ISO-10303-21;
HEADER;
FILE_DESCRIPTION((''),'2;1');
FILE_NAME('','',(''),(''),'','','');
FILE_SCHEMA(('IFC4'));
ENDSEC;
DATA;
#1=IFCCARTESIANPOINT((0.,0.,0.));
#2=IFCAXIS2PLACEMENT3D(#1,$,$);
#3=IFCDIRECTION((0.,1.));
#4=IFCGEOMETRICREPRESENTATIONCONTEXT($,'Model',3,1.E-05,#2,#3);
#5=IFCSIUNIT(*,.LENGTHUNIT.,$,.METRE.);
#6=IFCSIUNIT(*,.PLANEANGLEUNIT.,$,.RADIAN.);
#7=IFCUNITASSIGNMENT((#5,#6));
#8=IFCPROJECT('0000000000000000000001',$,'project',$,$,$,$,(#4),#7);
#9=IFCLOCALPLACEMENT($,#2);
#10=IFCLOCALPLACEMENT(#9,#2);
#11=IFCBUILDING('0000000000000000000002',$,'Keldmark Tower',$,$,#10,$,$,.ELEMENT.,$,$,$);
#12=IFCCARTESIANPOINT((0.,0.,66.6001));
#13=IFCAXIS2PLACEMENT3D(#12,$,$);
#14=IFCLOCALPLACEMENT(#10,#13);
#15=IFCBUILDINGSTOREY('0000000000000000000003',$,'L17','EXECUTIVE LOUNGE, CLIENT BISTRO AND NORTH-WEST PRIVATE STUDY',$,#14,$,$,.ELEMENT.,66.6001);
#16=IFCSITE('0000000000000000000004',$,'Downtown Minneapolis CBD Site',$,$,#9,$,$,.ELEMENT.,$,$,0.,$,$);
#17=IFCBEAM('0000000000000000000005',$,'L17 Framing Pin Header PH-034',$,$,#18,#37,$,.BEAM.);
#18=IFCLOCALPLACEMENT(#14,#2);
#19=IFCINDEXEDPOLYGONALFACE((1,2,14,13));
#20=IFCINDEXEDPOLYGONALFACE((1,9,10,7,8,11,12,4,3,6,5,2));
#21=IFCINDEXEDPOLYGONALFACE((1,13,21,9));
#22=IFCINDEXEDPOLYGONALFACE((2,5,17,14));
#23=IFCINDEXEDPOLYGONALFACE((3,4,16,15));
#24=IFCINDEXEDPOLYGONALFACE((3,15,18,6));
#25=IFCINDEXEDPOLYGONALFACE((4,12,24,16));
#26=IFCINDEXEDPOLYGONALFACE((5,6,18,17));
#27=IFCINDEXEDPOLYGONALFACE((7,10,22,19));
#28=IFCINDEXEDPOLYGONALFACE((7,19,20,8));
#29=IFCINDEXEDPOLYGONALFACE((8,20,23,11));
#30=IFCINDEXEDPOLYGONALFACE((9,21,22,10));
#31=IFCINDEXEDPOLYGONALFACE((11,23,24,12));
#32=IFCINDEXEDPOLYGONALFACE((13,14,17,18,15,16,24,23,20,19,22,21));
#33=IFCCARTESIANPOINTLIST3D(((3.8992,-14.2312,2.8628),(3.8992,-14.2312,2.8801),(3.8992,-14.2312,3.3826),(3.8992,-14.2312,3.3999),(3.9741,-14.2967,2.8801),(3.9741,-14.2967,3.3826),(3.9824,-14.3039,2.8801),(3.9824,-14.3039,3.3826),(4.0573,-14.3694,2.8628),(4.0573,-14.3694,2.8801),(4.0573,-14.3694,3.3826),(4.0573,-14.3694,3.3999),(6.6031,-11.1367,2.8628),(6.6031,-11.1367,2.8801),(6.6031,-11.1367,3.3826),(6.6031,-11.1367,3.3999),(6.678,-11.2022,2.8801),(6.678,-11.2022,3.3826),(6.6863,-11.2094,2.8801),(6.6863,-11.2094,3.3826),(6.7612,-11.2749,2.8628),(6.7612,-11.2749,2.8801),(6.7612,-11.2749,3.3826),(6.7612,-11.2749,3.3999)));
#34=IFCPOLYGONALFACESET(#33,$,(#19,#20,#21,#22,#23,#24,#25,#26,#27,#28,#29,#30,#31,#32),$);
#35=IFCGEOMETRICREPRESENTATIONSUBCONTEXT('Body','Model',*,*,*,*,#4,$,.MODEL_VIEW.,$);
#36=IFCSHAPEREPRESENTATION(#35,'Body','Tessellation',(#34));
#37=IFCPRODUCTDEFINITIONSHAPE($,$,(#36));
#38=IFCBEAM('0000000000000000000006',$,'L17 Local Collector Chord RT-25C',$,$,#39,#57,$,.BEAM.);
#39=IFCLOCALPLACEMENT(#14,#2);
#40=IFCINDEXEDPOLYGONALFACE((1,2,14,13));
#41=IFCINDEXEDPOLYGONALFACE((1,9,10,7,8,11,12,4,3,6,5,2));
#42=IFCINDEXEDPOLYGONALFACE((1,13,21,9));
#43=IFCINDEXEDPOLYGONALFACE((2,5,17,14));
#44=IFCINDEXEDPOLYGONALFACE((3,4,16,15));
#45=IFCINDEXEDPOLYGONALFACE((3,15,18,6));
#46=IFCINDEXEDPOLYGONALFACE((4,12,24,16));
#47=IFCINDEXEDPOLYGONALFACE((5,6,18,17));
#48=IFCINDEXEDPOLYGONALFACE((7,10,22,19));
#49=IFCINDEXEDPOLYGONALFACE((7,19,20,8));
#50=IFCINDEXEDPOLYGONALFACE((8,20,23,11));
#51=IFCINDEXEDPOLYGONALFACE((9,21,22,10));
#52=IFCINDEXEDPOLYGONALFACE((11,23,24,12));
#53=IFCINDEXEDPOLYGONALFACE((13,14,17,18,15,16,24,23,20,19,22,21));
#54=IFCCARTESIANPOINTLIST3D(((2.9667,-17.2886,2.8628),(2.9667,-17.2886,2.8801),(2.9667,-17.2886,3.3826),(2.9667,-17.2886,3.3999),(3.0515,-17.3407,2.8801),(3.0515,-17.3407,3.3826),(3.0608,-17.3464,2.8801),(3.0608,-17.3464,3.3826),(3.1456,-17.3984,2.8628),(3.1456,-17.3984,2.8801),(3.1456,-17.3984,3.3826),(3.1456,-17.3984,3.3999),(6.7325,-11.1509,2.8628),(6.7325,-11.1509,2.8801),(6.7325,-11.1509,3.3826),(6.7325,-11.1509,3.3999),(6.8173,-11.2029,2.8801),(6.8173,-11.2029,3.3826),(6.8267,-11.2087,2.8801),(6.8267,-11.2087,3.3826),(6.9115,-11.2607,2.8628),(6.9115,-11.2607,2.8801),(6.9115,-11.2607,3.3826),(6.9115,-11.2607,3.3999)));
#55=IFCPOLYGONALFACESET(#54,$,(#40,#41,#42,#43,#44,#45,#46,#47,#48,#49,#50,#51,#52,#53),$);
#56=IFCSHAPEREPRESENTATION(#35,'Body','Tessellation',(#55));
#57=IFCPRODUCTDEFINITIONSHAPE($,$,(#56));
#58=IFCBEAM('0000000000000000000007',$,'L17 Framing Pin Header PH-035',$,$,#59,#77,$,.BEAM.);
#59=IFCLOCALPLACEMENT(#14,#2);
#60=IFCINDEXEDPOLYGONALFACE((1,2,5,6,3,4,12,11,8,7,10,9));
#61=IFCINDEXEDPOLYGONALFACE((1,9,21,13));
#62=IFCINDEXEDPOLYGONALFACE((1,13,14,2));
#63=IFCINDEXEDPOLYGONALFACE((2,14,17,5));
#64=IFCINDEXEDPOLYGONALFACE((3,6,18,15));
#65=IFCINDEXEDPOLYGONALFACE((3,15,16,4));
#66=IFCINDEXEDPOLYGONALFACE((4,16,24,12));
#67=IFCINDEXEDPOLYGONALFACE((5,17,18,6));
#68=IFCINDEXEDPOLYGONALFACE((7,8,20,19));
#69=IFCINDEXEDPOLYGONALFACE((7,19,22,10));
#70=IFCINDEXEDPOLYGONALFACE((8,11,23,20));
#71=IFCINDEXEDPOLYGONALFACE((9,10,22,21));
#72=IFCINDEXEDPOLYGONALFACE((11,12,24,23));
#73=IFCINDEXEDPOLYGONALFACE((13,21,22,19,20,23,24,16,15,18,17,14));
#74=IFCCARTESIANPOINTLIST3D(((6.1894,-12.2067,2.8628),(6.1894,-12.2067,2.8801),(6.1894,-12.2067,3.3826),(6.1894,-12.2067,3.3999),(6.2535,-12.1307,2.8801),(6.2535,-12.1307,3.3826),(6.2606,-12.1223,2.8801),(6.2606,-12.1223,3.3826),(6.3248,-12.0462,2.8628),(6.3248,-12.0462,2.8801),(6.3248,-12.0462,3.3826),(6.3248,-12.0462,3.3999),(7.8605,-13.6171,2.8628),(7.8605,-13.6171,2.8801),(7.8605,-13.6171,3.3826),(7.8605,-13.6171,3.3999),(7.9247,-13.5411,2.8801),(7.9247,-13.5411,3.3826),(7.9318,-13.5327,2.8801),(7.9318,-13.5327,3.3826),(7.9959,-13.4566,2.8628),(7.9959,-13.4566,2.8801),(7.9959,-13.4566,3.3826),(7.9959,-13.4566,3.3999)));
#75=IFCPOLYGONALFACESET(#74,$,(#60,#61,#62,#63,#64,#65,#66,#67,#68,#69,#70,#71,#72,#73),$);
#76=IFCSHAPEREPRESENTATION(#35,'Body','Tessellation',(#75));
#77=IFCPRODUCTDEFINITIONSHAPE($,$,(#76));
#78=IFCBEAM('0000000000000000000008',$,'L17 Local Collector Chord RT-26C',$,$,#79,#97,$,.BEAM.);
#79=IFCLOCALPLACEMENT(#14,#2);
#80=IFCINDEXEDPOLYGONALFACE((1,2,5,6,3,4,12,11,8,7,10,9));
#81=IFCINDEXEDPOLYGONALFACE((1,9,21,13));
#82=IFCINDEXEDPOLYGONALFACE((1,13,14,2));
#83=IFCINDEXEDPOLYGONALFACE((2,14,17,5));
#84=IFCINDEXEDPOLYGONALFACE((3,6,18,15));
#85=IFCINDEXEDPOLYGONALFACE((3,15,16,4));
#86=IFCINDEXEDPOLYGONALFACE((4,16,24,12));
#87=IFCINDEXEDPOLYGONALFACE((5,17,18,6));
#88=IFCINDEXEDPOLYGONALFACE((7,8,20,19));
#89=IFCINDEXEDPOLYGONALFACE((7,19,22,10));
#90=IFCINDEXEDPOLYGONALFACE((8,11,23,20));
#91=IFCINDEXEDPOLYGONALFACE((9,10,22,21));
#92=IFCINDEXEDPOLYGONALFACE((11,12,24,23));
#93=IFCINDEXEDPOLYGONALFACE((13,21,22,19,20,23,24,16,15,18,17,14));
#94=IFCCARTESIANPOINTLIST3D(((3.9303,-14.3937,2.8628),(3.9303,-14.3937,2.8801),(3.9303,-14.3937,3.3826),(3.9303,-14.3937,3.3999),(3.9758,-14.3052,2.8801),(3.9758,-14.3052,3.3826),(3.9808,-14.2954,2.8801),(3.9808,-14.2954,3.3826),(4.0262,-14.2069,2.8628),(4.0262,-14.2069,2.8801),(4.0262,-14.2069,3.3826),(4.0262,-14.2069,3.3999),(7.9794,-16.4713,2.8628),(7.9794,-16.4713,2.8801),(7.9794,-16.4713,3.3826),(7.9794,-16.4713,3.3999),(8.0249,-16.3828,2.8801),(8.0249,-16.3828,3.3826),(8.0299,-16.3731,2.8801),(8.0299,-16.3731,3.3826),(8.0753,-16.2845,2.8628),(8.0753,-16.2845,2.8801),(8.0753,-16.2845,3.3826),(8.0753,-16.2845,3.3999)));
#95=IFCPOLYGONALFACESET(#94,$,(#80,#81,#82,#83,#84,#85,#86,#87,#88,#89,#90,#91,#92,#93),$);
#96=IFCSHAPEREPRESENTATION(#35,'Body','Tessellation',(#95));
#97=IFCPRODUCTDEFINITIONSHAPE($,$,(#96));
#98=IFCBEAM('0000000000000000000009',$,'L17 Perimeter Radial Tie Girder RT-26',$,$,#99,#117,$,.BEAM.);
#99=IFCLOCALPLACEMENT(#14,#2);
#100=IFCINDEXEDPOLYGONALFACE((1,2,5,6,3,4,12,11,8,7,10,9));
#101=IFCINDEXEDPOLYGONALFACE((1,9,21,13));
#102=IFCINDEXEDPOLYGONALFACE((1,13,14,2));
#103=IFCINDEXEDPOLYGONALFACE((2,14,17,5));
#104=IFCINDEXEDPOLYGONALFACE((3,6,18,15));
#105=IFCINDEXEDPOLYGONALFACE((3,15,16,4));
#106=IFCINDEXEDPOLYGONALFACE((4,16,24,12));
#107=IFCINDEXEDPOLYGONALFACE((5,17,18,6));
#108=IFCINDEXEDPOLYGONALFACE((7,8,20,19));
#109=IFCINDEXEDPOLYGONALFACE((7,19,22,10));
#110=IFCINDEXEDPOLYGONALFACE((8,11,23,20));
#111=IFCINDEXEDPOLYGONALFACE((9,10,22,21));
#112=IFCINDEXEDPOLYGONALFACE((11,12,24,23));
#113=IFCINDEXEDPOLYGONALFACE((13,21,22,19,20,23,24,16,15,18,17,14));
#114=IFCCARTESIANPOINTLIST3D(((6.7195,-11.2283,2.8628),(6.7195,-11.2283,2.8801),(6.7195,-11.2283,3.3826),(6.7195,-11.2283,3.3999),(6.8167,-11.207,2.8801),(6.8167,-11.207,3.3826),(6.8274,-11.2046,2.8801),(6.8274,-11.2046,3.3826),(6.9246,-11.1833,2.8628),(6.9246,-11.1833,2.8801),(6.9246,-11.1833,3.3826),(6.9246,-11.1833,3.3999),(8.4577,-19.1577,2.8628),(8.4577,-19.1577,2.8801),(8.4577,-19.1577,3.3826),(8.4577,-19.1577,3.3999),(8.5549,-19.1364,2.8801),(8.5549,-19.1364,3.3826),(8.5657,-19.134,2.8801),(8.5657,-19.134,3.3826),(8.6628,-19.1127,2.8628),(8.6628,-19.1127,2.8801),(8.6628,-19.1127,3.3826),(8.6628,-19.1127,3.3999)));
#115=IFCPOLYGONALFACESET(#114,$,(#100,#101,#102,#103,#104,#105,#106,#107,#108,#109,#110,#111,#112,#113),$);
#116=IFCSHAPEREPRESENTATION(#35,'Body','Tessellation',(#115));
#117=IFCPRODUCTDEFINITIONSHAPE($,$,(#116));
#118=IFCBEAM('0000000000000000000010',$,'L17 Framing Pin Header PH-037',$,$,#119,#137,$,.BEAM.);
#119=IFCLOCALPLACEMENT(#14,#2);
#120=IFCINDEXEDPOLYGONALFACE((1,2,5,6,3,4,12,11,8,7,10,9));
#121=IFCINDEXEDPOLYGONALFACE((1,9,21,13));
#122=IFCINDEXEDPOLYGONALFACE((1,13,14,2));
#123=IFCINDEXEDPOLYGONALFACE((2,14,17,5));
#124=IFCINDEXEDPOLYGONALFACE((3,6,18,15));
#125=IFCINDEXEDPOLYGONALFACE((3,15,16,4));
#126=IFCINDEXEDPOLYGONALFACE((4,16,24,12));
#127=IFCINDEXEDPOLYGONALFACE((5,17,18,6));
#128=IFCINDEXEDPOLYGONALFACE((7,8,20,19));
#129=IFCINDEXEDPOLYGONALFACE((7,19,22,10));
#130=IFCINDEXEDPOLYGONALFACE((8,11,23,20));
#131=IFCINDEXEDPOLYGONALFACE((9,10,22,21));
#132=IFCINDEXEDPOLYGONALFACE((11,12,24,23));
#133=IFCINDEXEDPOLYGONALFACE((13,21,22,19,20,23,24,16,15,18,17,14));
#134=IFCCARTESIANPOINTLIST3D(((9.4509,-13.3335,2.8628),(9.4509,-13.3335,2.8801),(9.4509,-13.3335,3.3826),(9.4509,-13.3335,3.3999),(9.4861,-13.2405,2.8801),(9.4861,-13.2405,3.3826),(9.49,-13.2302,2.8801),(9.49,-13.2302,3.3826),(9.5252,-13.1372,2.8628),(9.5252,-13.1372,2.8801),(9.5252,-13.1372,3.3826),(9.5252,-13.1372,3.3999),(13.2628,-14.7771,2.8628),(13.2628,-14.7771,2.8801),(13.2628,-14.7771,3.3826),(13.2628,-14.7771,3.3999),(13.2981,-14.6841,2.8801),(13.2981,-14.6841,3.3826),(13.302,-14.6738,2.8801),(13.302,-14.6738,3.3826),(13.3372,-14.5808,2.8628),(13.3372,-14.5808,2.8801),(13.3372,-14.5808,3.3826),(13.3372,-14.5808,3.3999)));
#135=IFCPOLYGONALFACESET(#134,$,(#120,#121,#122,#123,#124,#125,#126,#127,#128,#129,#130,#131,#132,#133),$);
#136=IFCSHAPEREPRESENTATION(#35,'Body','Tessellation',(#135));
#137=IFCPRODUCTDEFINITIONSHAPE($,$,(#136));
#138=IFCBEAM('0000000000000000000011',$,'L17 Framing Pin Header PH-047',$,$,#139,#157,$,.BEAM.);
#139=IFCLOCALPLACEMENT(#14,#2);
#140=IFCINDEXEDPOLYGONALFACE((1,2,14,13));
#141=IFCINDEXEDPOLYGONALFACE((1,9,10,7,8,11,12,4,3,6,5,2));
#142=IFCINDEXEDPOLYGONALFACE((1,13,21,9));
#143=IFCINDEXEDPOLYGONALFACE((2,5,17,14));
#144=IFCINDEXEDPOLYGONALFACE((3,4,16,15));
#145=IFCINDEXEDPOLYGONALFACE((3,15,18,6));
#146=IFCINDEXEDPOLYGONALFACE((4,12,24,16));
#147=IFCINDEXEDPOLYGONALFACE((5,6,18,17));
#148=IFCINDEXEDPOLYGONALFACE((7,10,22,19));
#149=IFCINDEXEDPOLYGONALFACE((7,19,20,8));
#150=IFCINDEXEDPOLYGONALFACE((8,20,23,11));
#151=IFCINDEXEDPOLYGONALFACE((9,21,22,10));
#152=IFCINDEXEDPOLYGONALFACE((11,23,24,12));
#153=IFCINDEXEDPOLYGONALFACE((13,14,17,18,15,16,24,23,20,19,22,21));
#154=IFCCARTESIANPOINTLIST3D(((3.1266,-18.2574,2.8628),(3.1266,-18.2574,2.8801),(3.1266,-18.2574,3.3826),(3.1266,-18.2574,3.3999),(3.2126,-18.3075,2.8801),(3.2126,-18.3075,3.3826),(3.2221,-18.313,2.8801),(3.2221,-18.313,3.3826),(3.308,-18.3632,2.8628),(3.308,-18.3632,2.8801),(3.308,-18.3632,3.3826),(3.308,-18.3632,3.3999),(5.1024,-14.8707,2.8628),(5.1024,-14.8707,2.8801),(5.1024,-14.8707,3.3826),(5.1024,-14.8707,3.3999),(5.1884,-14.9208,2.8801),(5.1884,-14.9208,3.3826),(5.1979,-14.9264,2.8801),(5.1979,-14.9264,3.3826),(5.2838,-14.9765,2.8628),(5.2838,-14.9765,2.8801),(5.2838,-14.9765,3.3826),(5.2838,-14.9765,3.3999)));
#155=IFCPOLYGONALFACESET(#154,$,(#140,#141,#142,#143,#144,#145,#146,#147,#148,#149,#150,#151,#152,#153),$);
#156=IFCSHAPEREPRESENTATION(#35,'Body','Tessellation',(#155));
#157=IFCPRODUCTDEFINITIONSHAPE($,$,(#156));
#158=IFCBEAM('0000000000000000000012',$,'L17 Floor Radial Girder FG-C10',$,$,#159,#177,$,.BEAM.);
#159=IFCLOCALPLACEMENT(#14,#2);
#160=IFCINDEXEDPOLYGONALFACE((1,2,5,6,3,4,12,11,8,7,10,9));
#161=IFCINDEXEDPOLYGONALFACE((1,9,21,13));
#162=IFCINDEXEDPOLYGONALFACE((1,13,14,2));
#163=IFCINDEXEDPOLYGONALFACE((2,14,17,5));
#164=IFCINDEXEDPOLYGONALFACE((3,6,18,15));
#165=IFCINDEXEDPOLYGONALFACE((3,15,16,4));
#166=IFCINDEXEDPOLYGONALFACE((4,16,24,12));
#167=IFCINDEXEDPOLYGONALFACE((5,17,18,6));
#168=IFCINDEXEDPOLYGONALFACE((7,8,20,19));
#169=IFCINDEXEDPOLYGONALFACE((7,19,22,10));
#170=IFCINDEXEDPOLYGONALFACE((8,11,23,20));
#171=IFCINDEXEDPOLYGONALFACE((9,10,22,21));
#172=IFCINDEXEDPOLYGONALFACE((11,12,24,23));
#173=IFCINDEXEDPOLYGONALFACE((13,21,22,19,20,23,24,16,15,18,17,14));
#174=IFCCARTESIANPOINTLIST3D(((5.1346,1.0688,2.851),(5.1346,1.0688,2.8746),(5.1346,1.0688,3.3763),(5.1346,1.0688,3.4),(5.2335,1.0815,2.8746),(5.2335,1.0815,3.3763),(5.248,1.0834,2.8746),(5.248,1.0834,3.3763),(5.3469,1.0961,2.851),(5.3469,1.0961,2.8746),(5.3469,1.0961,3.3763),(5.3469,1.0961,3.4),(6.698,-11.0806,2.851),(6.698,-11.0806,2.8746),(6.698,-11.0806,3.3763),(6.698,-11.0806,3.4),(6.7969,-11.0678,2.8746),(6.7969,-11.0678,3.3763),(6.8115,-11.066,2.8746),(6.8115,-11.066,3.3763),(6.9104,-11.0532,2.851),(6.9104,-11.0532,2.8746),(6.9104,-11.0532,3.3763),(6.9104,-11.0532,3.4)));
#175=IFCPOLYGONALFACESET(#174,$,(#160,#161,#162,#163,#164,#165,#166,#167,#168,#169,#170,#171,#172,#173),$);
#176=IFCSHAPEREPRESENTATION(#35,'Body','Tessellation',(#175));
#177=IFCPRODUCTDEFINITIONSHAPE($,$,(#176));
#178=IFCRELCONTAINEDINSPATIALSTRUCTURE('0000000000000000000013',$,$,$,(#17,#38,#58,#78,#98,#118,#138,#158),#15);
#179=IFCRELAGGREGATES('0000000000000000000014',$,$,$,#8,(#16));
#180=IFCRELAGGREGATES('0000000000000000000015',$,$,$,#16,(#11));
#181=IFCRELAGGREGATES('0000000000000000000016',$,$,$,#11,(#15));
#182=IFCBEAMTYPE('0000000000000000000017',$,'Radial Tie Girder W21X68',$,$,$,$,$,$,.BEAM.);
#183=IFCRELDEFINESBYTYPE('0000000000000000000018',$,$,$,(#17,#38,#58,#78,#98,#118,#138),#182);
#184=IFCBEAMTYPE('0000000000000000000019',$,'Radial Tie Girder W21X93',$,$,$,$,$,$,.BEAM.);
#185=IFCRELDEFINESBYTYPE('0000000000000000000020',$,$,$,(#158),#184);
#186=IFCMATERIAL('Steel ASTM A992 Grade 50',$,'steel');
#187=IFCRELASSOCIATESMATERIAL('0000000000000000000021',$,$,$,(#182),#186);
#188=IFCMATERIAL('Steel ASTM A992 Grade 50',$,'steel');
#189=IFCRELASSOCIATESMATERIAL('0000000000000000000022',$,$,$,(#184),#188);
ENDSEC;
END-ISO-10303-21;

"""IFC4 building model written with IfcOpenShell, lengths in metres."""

from ifc_helpers import new_model, si_unit, direction, frame, origin, origin_2d, place, context, subcontext, project, spatial, i_section, extrude, material, material_profile, profile_set, type_object, element, save


model = new_model("IFC4")

# Units and contexts
model_context = context("Model", 3, precision=1e-05, world=origin(), true_north=direction((0.0, 1.0)))
body_context = subcontext(model_context, "Body", "Model", "MODEL_VIEW")
ifc_project = project(units=[si_unit("LENGTHUNIT", "METRE"), si_unit("PLANEANGLEUNIT", "RADIAN")], contexts=[model_context])

# Site, building, storey
site_placement = place(None, origin())
site = spatial("IfcSite", under=ifc_project, at=site_placement, Name="Downtown Minneapolis CBD Site", CompositionType="ELEMENT", RefElevation=0.0)
building_placement = place(site_placement, origin())
building = spatial("IfcBuilding", under=site, at=building_placement, Name="Keldmark Tower", CompositionType="ELEMENT")
storey_placement = place(building_placement, frame((0.0, 0.0, 66.6001)))
storey = spatial("IfcBuildingStorey", under=building, at=storey_placement, Name="L17", Description="EXECUTIVE LOUNGE, CLIENT BISTRO AND NORTH-WEST PRIVATE STUDY", CompositionType="ELEMENT", Elevation=66.6001)

# Beams
ifc_material_1 = material(Name="Steel ASTM A992 Grade 50", Category="steel")
ifc_material_profile_1 = material_profile(ifc_material_1, i_section(OverallWidth=0.21, OverallDepth=0.5371, WebThickness=0.011, FlangeThickness=0.0173, at=origin_2d()), Name="W21X68")
ifc_profile_set_1 = profile_set([ifc_material_profile_1], Name="Steel ASTM A992 Grade 50")
beam_type_1 = type_object("IfcBeamType", Name="Radial Tie Girder W21X68", PredefinedType="BEAM", material=ifc_profile_set_1)
beam_1_placement = place(storey_placement, frame((6.6821, -11.2058, 3.1313), z_axis=(-0.657979, -0.753037, 0.0), x_axis=(0.753037, -0.657979, 0.0)))
element("IfcBeam", 1, at=beam_1_placement, inside=storey, type_object=beam_type_1, Name="L17 Framing Pin Header PH-034", PredefinedType="BEAM", context=body_context, shape_type="SweptSolid", body=[
    extrude(i_section(OverallWidth=0.21, OverallDepth=0.5371, WebThickness=0.011, FlangeThickness=0.0173, at=origin_2d()), origin(), (0.0, 0.0, 1.0), 4.1094),
])
beam_2_placement = place(storey_placement, frame((6.822, -11.2058, 3.1313), z_axis=(-0.522971, -0.85235, 0.0), x_axis=(0.85235, -0.522971, 0.0)))
element("IfcBeam", 2, at=beam_2_placement, inside=storey, type_object=beam_type_1, Name="L17 Local Collector Chord RT-25C", PredefinedType="BEAM", context=body_context, shape_type="SweptSolid", body=[
    extrude(i_section(OverallWidth=0.21, OverallDepth=0.5371, WebThickness=0.011, FlangeThickness=0.0173, at=origin_2d()), origin(), (0.0, 0.0, 1.0), 7.2009),
])
beam_3_placement = place(storey_placement, frame((6.2571, -12.1265, 3.1313), z_axis=(0.764207, -0.644971, 0.0), x_axis=(0.644971, 0.764207, 0.0)))
element("IfcBeam", 3, at=beam_3_placement, inside=storey, type_object=beam_type_1, Name="L17 Framing Pin Header PH-035", PredefinedType="BEAM", context=body_context, shape_type="SweptSolid", body=[
    extrude(i_section(OverallWidth=0.21, OverallDepth=0.5371, WebThickness=0.011, FlangeThickness=0.0173, at=origin_2d()), origin(), (0.0, 0.0, 1.0), 2.1868),
])
beam_4_placement = place(storey_placement, frame((3.9783, -14.3003, 3.1313), z_axis=(0.889711, -0.456524, 0.0), x_axis=(0.456524, 0.889711, 0.0)))
element("IfcBeam", 4, at=beam_4_placement, inside=storey, type_object=beam_type_1, Name="L17 Local Collector Chord RT-26C", PredefinedType="BEAM", context=body_context, shape_type="SweptSolid", body=[
    extrude(i_section(OverallWidth=0.21, OverallDepth=0.5371, WebThickness=0.011, FlangeThickness=0.0173, at=origin_2d()), origin(), (0.0, 0.0, 1.0), 4.551),
])
beam_5_placement = place(storey_placement, frame((6.822, -11.2058, 3.1313), z_axis=(0.214134, -0.976804, 0.0), x_axis=(0.976804, 0.214134, 0.0)))
element("IfcBeam", 5, at=beam_5_placement, inside=storey, type_object=beam_type_1, Name="L17 Perimeter Radial Tie Girder RT-26", PredefinedType="BEAM", context=body_context, shape_type="SweptSolid", body=[
    extrude(i_section(OverallWidth=0.21, OverallDepth=0.5371, WebThickness=0.011, FlangeThickness=0.0173, at=origin_2d()), origin(), (0.0, 0.0, 1.0), 8.1177),
])
beam_6_placement = place(storey_placement, frame((9.488, -13.2354, 3.1313), z_axis=(0.935187, -0.354154, 0.0), x_axis=(0.354154, 0.935187, 0.0)))
element("IfcBeam", 6, at=beam_6_placement, inside=storey, type_object=beam_type_1, Name="L17 Framing Pin Header PH-037", PredefinedType="BEAM", context=body_context, shape_type="SweptSolid", body=[
    extrude(i_section(OverallWidth=0.21, OverallDepth=0.5371, WebThickness=0.011, FlangeThickness=0.0173, at=origin_2d()), origin(), (0.0, 0.0, 1.0), 4.0762),
])
beam_7_placement = place(storey_placement, frame((5.1931, -14.9236, 3.1313), z_axis=(-0.503917, -0.863752, 0.0), x_axis=(0.863752, -0.503917, 0.0)))
element("IfcBeam", 7, at=beam_7_placement, inside=storey, type_object=beam_type_1, Name="L17 Framing Pin Header PH-047", PredefinedType="BEAM", context=body_context, shape_type="SweptSolid", body=[
    extrude(i_section(OverallWidth=0.21, OverallDepth=0.5371, WebThickness=0.011, FlangeThickness=0.0173, at=origin_2d()), origin(), (0.0, 0.0, 1.0), 3.9209),
])
ifc_material_2 = material(Name="Steel ASTM A992 Grade 50", Category="steel")
ifc_material_profile_2 = material_profile(ifc_material_2, i_section(OverallWidth=0.2141, OverallDepth=0.5491, WebThickness=0.0146, FlangeThickness=0.0237, at=origin_2d()), Name="W21X93")
ifc_profile_set_2 = profile_set([ifc_material_profile_2], Name="Steel ASTM A992 Grade 50")
beam_type_2 = type_object("IfcBeamType", Name="Radial Tie Girder W21X93", PredefinedType="BEAM", material=ifc_profile_set_2)
beam_8_placement = place(storey_placement, frame((6.8042, -11.0669, 3.1255), z_axis=(-0.127635, 0.991821, 0.0), x_axis=(-0.991821, -0.127635, 0.0)))
element("IfcBeam", 8, at=beam_8_placement, inside=storey, type_object=beam_type_2, Name="L17 Floor Radial Girder FG-C10", PredefinedType="BEAM", context=body_context, shape_type="SweptSolid", body=[
    extrude(i_section(OverallWidth=0.2141, OverallDepth=0.5491, WebThickness=0.0146, FlangeThickness=0.0237, at=origin_2d()), origin(), (0.0, 0.0, 1.0), 12.2495),
])

save(model, "model.ifc")
